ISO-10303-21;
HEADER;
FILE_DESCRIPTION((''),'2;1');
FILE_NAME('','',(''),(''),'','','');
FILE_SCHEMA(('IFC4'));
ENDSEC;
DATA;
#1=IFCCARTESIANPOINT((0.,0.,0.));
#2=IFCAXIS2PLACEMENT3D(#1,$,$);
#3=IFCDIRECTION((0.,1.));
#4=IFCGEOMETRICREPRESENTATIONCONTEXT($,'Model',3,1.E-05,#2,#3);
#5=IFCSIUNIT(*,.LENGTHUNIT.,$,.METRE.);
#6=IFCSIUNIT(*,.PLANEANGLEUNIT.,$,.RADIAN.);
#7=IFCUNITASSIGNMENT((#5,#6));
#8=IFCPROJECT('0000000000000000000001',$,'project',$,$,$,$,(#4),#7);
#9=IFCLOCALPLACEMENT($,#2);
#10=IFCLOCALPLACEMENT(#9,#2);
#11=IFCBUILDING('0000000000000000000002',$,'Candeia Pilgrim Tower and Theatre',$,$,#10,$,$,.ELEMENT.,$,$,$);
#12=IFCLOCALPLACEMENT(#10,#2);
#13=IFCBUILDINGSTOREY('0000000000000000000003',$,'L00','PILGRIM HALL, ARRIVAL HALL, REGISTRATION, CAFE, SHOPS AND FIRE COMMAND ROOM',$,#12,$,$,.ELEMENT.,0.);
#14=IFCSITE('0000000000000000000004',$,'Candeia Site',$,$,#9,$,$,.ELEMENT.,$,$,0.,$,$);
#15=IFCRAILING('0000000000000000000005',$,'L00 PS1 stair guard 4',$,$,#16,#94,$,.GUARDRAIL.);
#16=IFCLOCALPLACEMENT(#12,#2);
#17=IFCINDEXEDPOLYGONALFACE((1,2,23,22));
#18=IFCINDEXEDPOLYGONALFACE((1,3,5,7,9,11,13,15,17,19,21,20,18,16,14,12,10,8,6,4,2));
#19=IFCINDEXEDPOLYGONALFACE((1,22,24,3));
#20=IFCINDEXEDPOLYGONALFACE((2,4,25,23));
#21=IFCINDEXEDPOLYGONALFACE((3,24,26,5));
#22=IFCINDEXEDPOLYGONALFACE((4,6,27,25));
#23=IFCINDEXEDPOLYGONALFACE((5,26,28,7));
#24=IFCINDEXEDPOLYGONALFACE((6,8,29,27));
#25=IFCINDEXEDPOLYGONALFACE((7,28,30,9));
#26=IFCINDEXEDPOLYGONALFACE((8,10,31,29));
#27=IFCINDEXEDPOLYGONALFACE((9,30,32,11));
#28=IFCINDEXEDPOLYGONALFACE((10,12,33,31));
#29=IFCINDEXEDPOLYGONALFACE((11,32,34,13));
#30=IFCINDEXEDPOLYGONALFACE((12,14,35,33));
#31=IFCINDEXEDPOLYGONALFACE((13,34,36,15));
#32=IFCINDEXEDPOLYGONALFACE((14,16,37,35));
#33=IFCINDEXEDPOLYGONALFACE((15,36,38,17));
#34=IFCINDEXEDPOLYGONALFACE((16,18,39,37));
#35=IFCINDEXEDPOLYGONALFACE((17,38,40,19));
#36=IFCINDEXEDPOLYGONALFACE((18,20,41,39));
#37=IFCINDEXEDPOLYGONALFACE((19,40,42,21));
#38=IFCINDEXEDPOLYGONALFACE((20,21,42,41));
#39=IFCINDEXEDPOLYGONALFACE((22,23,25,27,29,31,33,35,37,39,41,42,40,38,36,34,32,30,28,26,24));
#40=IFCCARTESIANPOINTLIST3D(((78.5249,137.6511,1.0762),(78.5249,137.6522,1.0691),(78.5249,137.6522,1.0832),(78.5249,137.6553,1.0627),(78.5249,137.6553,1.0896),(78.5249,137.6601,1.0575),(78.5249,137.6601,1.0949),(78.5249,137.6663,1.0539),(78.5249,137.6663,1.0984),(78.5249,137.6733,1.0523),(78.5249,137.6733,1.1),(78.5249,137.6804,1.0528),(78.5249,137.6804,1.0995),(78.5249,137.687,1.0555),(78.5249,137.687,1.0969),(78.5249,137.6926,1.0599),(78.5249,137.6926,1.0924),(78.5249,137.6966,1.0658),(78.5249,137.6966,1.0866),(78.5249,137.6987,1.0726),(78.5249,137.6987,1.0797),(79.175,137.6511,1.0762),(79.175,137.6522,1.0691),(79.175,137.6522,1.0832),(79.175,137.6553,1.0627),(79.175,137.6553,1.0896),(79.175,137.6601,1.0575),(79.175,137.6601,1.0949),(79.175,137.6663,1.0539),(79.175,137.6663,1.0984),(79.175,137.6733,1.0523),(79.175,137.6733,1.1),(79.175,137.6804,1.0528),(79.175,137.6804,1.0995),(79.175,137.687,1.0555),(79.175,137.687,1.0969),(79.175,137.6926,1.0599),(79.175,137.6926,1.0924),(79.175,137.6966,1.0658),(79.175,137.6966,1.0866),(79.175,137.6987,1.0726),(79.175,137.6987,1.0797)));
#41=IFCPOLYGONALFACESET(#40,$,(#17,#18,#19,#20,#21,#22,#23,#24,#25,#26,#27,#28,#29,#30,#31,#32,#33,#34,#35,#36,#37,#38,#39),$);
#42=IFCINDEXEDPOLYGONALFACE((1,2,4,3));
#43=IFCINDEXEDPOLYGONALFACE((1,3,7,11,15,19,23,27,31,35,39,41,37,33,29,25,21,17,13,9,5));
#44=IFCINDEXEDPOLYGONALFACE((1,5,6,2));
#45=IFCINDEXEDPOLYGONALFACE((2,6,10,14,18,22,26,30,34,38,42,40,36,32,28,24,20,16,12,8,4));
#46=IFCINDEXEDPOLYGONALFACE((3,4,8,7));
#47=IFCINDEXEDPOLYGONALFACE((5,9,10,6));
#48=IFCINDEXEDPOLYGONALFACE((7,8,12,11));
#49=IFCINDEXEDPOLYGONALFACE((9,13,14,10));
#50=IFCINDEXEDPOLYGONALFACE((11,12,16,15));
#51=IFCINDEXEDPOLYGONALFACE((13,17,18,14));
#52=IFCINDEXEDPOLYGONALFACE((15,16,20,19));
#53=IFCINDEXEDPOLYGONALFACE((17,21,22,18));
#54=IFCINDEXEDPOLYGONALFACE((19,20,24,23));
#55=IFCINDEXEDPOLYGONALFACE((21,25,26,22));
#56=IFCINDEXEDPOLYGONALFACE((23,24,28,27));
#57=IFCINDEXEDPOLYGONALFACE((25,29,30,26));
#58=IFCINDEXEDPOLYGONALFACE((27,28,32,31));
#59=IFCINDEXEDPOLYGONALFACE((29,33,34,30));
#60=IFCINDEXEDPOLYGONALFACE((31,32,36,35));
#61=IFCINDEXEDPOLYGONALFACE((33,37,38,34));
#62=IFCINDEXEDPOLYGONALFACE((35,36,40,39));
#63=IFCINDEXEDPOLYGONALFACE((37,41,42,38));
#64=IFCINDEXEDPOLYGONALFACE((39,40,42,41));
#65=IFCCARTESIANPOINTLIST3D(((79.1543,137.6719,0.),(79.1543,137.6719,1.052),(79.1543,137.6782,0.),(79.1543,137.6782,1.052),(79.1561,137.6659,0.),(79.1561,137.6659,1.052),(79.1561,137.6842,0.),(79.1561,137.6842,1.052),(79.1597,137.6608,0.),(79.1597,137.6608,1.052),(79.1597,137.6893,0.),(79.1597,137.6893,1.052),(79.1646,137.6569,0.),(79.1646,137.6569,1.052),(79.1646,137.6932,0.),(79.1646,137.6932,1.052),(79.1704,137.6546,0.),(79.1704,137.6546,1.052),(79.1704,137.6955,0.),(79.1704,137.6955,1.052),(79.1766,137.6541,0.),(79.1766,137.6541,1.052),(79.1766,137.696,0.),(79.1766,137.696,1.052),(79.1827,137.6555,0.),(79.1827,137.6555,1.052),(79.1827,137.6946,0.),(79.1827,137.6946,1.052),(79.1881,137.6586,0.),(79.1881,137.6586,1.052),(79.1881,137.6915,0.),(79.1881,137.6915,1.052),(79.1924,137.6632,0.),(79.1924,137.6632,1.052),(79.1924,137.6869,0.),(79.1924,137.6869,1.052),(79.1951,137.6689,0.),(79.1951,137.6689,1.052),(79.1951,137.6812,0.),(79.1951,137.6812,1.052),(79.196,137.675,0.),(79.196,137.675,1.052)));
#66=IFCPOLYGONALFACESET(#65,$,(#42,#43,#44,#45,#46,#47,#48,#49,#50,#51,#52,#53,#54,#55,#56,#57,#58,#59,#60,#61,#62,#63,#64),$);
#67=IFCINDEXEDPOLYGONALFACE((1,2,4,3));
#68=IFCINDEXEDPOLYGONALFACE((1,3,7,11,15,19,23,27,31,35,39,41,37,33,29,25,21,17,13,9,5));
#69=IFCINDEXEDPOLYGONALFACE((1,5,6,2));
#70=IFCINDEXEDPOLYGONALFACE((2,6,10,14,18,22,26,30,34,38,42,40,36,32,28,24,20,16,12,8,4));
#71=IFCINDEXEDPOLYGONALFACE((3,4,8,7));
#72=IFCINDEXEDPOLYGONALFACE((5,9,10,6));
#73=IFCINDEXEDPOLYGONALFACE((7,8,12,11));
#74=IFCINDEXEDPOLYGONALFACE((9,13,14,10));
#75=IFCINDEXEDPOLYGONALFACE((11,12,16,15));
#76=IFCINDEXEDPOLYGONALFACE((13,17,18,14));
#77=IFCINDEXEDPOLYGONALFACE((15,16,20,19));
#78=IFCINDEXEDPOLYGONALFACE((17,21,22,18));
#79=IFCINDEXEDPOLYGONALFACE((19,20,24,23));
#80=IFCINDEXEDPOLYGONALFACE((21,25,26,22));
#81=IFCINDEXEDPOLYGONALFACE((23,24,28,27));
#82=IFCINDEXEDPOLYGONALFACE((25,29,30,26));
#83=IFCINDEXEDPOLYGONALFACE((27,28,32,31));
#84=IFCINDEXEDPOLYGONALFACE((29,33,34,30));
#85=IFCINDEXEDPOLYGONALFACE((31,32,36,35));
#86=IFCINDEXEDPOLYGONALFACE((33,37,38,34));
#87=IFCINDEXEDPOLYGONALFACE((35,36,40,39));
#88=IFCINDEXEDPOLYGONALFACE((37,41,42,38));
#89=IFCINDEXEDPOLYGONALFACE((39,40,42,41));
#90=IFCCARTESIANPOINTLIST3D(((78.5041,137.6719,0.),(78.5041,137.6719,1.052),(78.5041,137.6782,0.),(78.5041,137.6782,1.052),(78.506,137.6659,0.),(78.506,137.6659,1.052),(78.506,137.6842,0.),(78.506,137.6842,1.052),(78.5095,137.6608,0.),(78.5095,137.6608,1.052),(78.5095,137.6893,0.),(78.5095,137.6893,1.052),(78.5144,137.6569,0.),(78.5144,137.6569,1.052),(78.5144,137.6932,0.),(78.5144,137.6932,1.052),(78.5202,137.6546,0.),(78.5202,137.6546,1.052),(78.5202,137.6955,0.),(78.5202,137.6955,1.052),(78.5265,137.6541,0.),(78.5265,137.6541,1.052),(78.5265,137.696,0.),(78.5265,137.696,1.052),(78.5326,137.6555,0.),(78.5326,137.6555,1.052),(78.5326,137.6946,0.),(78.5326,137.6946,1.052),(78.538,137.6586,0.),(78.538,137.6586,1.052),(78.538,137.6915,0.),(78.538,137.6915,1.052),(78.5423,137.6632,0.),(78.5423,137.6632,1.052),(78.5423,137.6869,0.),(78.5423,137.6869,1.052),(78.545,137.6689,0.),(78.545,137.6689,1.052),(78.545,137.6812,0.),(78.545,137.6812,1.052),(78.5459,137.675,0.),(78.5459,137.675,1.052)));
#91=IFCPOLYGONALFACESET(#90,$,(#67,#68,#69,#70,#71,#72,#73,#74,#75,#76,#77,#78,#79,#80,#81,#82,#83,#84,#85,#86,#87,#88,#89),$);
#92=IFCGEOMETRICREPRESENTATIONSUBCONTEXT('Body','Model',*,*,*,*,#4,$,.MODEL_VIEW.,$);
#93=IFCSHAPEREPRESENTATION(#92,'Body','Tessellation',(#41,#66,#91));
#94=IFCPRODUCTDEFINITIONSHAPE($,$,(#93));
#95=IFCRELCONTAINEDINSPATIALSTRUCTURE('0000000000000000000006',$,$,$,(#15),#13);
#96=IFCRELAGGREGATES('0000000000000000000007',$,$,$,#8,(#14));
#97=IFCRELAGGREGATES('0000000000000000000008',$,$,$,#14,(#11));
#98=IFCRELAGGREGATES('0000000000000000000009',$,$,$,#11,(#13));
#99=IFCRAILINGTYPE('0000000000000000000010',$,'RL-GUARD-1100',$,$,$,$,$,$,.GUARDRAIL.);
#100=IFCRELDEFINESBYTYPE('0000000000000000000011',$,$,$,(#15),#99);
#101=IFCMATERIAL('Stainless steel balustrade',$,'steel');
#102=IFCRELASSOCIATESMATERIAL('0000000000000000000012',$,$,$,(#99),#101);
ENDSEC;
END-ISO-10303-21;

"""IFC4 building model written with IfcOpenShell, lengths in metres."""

from ifc_helpers import new_model, si_unit, direction, frame, origin, origin_2d, place, context, subcontext, project, spatial, circle, extrude, material, type_object, element, save


model = new_model("IFC4")

# Units and contexts
model_context = context("Model", 3, precision=1e-05, world=origin(), true_north=direction((0.0, 1.0)))
body_context = subcontext(model_context, "Body", "Model", "MODEL_VIEW")
ifc_project = project(units=[si_unit("LENGTHUNIT", "METRE"), si_unit("PLANEANGLEUNIT", "RADIAN")], contexts=[model_context])

# Site, building, storey
site_placement = place(None, origin())
site = spatial("IfcSite", under=ifc_project, at=site_placement, Name="Candeia Site", CompositionType="ELEMENT", RefElevation=0.0)
building_placement = place(site_placement, origin())
building = spatial("IfcBuilding", under=site, at=building_placement, Name="Candeia Pilgrim Tower and Theatre", CompositionType="ELEMENT")
storey_placement = place(building_placement, origin())
storey = spatial("IfcBuildingStorey", under=building, at=storey_placement, Name="L00", Description="PILGRIM HALL, ARRIVAL HALL, REGISTRATION, CAFE, SHOPS AND FIRE COMMAND ROOM", CompositionType="ELEMENT", Elevation=0.0)

# Railing
ifc_material_1 = material(Name="Stainless steel balustrade", Category="steel")
railing_type_1 = type_object("IfcRailingType", Name="RL-GUARD-1100", PredefinedType="GUARDRAIL", material=ifc_material_1)
railing_1_placement = place(storey_placement, frame((79.175, 137.675, 0.0)))
element("IfcRailing", 1, at=railing_1_placement, inside=storey, type_object=railing_type_1, Name="L00 PS1 stair guard 4", PredefinedType="GUARDRAIL", context=body_context, shape_type="SweptSolid", body=[
    extrude(circle(Radius=0.0239, at=origin_2d()), frame((0.0, 0.0, 1.0762), z_axis=(-1.0, 0.0, 0.0), x_axis=(0.0, -1.0, 0.0)), (0.0, 0.0, 1.0), 0.6501),
    extrude(circle(Radius=0.021, at=origin_2d()), origin(), (0.0, 0.0, 1.0), 1.052),
    extrude(circle(Radius=0.021, at=origin_2d()), frame((-0.6501, 0.0, 0.0)), (0.0, 0.0, 1.0), 1.052),
])

save(model, "model.ifc")
